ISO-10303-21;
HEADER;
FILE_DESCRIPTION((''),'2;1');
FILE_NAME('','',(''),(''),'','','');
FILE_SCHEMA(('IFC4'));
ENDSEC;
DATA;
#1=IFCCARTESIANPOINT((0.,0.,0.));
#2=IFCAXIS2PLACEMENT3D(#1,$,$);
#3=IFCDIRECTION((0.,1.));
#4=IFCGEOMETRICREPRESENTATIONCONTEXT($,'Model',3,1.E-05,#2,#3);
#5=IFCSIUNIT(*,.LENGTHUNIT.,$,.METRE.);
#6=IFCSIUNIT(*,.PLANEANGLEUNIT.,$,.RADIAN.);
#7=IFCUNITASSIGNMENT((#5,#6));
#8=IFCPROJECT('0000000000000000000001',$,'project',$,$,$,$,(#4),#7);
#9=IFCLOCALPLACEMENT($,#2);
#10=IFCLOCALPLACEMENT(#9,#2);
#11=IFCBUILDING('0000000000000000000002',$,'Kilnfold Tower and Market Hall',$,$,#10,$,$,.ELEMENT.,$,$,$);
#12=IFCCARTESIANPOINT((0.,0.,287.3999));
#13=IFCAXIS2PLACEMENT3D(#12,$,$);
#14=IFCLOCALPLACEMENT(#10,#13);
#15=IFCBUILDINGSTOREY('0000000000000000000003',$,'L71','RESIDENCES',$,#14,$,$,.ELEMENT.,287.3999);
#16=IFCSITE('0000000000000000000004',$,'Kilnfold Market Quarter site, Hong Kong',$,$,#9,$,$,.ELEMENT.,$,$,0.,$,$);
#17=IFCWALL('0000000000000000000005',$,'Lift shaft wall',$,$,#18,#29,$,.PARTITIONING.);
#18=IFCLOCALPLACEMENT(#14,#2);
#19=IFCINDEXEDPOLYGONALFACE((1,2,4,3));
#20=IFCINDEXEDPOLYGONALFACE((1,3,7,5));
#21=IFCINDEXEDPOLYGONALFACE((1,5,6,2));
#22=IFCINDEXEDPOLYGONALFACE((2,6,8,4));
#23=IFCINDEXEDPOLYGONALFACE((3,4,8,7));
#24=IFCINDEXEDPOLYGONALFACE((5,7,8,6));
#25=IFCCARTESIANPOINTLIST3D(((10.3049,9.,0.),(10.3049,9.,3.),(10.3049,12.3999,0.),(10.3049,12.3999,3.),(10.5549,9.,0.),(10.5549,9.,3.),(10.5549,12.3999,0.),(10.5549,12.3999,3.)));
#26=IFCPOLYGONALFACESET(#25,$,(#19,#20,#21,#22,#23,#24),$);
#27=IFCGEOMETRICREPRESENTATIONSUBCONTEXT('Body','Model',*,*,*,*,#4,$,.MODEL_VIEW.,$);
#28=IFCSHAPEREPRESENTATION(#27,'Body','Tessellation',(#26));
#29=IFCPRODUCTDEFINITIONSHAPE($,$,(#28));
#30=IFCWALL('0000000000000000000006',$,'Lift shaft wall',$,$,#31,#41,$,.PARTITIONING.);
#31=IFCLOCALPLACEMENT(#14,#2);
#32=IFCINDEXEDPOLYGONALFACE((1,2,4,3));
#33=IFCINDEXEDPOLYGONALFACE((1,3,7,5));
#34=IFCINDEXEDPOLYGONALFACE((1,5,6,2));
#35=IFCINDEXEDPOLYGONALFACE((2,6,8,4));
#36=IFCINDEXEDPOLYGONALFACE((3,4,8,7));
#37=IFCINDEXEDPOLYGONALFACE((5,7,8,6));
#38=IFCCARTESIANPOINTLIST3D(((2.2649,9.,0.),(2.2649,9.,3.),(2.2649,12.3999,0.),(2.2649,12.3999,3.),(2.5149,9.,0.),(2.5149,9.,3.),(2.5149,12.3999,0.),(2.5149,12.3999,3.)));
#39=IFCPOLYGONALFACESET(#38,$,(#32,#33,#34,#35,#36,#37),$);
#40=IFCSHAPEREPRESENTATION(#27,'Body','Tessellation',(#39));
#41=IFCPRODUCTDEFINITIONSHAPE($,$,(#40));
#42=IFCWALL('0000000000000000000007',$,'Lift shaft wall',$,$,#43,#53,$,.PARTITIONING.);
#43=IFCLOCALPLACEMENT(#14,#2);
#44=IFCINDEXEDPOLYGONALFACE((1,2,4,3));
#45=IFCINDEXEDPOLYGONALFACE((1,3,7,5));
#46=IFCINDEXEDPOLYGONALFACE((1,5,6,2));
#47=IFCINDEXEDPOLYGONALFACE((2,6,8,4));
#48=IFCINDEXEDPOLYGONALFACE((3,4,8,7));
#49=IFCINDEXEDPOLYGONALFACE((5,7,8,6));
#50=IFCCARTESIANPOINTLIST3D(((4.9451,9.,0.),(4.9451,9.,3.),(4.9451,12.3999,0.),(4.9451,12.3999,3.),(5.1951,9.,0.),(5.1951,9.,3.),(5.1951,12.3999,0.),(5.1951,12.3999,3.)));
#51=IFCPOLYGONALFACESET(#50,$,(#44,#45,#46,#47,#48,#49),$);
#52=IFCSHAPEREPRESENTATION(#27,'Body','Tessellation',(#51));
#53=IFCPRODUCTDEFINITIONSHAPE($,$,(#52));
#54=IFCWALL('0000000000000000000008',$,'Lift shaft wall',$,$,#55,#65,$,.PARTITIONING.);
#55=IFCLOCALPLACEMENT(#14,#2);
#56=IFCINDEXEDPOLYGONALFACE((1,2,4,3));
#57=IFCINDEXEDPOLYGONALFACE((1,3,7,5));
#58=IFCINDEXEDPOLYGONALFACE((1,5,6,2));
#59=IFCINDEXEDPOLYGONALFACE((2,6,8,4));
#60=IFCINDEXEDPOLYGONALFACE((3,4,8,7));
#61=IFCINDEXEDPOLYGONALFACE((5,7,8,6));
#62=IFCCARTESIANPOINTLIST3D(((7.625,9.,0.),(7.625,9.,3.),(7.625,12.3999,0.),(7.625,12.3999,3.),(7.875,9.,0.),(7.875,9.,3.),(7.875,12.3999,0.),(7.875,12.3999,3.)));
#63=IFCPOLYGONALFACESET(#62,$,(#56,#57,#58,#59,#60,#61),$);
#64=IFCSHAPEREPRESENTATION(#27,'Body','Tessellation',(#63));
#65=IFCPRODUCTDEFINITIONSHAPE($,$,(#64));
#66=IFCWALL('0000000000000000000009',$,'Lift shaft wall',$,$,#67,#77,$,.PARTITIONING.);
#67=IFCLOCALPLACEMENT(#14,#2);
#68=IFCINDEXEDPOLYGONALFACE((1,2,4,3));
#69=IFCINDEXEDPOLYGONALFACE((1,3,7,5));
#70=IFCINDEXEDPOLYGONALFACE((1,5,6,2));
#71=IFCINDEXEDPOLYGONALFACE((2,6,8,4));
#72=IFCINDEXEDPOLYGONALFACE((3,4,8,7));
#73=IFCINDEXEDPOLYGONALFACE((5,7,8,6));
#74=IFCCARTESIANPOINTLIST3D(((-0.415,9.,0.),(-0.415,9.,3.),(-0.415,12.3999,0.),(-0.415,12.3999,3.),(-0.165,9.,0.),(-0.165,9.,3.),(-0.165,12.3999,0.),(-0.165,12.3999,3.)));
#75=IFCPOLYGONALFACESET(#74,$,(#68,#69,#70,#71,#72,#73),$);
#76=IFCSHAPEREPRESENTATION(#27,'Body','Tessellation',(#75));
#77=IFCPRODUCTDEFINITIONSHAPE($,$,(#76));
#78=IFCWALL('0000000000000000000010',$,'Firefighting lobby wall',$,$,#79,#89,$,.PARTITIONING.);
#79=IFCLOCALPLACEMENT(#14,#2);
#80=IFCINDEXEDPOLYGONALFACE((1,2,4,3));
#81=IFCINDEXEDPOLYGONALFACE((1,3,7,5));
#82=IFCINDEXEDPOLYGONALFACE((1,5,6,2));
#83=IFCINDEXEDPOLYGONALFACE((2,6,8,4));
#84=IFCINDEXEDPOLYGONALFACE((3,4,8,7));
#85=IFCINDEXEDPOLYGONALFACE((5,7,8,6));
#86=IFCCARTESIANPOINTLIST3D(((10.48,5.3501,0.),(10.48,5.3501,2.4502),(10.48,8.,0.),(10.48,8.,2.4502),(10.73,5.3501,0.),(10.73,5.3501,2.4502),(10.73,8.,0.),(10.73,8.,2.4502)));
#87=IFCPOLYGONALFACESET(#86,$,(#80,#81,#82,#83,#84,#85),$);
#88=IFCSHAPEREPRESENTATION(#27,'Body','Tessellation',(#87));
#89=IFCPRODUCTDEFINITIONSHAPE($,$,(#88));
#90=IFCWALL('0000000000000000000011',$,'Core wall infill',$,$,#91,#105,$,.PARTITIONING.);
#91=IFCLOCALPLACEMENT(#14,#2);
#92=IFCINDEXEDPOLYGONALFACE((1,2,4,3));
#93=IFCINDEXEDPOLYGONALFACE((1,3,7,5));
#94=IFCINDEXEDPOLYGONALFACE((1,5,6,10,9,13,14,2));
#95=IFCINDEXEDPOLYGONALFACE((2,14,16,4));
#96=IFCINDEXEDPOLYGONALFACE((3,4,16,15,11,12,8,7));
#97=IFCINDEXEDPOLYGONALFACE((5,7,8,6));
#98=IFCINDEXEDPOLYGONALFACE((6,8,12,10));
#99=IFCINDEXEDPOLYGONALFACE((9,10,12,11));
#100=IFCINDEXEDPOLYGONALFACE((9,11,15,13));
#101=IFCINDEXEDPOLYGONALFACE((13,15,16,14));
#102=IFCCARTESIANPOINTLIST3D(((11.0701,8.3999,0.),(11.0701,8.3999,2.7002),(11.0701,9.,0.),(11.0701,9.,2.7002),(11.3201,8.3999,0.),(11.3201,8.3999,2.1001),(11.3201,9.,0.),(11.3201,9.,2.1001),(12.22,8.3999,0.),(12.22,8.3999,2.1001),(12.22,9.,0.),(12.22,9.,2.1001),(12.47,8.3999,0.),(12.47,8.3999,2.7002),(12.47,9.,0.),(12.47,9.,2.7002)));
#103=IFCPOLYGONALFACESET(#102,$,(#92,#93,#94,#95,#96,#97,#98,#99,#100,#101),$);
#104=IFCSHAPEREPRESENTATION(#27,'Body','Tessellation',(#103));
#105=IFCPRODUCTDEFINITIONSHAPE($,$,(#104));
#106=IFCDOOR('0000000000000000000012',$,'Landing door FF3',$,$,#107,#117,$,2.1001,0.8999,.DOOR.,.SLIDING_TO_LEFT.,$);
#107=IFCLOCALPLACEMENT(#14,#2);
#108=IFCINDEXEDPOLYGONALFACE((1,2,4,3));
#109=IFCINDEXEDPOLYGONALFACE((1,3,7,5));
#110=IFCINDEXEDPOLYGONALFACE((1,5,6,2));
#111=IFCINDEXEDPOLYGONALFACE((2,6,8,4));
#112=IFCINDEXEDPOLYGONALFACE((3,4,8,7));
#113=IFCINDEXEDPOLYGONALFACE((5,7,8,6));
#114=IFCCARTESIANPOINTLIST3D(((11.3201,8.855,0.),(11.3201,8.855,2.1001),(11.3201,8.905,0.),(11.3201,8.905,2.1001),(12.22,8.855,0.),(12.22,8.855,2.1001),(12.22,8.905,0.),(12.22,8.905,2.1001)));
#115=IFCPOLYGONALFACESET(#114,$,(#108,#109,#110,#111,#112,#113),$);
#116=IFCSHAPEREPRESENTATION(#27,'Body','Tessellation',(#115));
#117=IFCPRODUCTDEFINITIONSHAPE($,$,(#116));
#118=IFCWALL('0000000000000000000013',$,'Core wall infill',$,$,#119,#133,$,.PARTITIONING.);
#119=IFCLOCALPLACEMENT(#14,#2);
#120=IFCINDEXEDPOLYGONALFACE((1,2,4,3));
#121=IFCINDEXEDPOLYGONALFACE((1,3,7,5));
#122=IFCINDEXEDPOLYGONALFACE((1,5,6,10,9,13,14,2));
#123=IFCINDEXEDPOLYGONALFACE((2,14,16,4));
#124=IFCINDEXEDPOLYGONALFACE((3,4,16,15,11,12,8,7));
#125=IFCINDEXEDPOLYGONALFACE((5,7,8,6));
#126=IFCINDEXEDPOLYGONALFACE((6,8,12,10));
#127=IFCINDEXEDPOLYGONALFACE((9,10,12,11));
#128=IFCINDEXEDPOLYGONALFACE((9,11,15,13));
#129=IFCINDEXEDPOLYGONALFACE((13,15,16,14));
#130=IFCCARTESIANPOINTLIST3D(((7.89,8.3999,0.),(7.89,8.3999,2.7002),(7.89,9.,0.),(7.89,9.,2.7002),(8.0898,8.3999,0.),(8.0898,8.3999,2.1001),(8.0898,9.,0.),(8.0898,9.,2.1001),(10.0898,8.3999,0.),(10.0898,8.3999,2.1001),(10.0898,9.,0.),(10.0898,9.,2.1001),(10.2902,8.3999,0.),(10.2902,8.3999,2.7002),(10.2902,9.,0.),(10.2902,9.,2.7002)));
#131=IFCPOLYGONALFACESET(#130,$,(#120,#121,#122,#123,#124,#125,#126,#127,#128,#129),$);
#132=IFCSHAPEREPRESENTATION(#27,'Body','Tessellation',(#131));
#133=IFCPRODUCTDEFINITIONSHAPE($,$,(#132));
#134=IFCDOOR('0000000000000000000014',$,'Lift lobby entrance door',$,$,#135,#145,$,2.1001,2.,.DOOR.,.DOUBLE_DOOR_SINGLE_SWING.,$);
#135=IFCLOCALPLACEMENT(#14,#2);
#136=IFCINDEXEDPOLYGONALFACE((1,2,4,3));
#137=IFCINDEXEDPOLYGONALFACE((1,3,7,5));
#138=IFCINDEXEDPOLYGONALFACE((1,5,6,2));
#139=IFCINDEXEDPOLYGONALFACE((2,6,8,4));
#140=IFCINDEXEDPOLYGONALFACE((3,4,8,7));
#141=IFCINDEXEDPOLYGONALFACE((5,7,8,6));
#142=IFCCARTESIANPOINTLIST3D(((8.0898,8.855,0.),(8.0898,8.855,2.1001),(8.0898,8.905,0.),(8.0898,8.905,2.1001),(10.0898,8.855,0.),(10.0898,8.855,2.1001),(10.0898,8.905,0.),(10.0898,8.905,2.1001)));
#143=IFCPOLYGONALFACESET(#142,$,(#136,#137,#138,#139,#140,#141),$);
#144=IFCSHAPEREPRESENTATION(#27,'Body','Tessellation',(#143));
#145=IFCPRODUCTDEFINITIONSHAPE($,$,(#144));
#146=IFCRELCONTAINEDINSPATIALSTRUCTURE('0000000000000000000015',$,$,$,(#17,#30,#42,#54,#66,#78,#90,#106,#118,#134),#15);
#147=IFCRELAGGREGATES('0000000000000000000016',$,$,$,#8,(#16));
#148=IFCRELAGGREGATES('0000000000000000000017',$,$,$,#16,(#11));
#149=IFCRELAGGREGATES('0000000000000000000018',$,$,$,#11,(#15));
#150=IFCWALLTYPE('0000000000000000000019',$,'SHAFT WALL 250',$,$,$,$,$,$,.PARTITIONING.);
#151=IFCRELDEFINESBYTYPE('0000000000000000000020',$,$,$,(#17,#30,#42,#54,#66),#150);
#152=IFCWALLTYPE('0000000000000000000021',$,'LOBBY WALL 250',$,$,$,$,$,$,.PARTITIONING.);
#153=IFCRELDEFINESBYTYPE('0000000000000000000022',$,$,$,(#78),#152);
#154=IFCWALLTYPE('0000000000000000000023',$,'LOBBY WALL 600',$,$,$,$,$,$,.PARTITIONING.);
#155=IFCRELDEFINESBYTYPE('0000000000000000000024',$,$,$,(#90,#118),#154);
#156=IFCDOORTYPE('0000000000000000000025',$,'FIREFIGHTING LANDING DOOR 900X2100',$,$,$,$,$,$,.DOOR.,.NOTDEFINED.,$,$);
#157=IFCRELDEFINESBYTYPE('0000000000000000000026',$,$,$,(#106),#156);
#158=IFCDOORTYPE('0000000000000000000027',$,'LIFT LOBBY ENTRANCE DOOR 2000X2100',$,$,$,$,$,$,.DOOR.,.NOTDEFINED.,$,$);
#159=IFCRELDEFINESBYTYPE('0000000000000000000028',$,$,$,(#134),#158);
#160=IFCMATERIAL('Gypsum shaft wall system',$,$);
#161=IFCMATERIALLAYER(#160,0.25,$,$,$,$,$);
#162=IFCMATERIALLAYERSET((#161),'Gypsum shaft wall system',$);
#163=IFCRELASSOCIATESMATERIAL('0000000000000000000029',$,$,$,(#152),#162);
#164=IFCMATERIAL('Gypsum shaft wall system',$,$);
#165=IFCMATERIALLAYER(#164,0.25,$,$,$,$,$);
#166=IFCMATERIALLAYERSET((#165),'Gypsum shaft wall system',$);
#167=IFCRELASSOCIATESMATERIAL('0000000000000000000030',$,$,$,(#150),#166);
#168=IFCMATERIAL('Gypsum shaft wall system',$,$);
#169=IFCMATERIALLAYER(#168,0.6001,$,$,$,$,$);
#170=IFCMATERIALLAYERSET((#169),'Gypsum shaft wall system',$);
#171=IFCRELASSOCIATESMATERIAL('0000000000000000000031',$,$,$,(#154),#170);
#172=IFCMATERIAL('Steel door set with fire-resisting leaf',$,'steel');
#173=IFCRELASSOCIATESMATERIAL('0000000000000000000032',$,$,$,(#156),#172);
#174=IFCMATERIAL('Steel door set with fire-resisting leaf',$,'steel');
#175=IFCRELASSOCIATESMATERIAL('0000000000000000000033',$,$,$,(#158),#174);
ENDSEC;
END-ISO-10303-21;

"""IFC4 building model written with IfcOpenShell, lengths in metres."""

from ifc_helpers import new_model, si_unit, direction, frame, frame_2d, origin, place, context, subcontext, project, spatial, rectangle, extrude, source, transform, mapped, material, layer, layer_set, type_object, element, fill, save


model = new_model("IFC4")

# Units and contexts
model_context = context("Model", 3, precision=1e-05, world=origin(), true_north=direction((0.0, 1.0)))
body_context = subcontext(model_context, "Body", "Model", "MODEL_VIEW")
ifc_project = project(units=[si_unit("LENGTHUNIT", "METRE"), si_unit("PLANEANGLEUNIT", "RADIAN")], contexts=[model_context])

# Site, building, storey
site_placement = place(None, origin())
site = spatial("IfcSite", under=ifc_project, at=site_placement, Name="Kilnfold Market Quarter site, Hong Kong", CompositionType="ELEMENT", RefElevation=0.0)
building_placement = place(site_placement, origin())
building = spatial("IfcBuilding", under=site, at=building_placement, Name="Kilnfold Tower and Market Hall", CompositionType="ELEMENT")
storey_placement = place(building_placement, frame((0.0, 0.0, 287.3999)))
storey = spatial("IfcBuildingStorey", under=building, at=storey_placement, Name="L71", Description="RESIDENCES", CompositionType="ELEMENT", Elevation=287.3999)

# Shared definitions
ifc_material_1 = material(Name="Gypsum shaft wall system")
ifc_layer_1 = layer(ifc_material_1, 0.25)
ifc_layer_set_1 = layer_set([ifc_layer_1], Name="Gypsum shaft wall system")
wall_type_1 = type_object("IfcWallType", Name="LOBBY WALL 250", PredefinedType="PARTITIONING", material=ifc_layer_set_1)

# Walls
ifc_material_2 = material(Name="Gypsum shaft wall system")
ifc_layer_2 = layer(ifc_material_2, 0.25)
ifc_layer_set_2 = layer_set([ifc_layer_2], Name="Gypsum shaft wall system")
wall_type_2 = type_object("IfcWallType", Name="SHAFT WALL 250", PredefinedType="PARTITIONING", material=ifc_layer_set_2)
shared_shape_1 = source(origin(), body_context, "Body", "SweptSolid", [
    extrude(rectangle(XDim=3.3999, YDim=0.25, at=frame_2d((1.7, 0.0))), origin(), (0.0, 0.0, 1.0), 3.0),
])
for number, where, z_axis, x_axis, name in (
    (1, (10.4299, 9.0, 0.0), (0.0, 0.0, 1.0), (0.0, 1.0, 0.0), "Lift shaft wall"),
    (2, (2.3899, 9.0, 0.0), (0.0, 0.0, 1.0), (0.0, 1.0, 0.0), "Lift shaft wall"),
    (3, (5.0701, 9.0, 0.0), (0.0, 0.0, 1.0), (0.0, 1.0, 0.0), "Lift shaft wall"),
    (4, (7.75, 9.0, 0.0), (0.0, 0.0, 1.0), (0.0, 1.0, 0.0), "Lift shaft wall"),
    (5, (-0.29, 9.0, 0.0), (0.0, 0.0, 1.0), (0.0, 1.0, 0.0), "Lift shaft wall"),
):
    element("IfcWall", number, at=place(storey_placement, frame(where, z_axis=z_axis, x_axis=x_axis)), inside=storey, type_object=wall_type_2, Name=name, PredefinedType="PARTITIONING", context=body_context, shape_type="MappedRepresentation", body=[
        mapped(shared_shape_1, transform((0.0, 0.0, 0.0))),
    ])
shared_shape_2 = source(origin(), body_context, "Body", "SweptSolid", [
    extrude(rectangle(XDim=2.6499, YDim=0.25, at=frame_2d((1.325, 0.0))), origin(), (0.0, 0.0, 1.0), 2.4502),
])
wall_1_placement = place(storey_placement, frame((10.605, 5.3501, 0.0), z_axis=(0.0, 0.0, 1.0), x_axis=(0.0, 1.0, 0.0)))
element("IfcWall", 6, at=wall_1_placement, inside=storey, type_object=wall_type_1, Name="Firefighting lobby wall", PredefinedType="PARTITIONING", context=body_context, shape_type="MappedRepresentation", body=[
    mapped(shared_shape_2, transform((0.0, 0.0, 0.0))),
])

# Walls, openings, doors
ifc_material_3 = material(Name="Gypsum shaft wall system")
ifc_layer_3 = layer(ifc_material_3, 0.6001)
ifc_layer_set_3 = layer_set([ifc_layer_3], Name="Gypsum shaft wall system")
wall_type_3 = type_object("IfcWallType", Name="LOBBY WALL 600", PredefinedType="PARTITIONING", material=ifc_layer_set_3)
shared_shape_3 = source(origin(), body_context, "Body", "SweptSolid", [
    extrude(rectangle(XDim=1.3999, YDim=0.6001, at=frame_2d((0.7, 0.0))), origin(), (0.0, 0.0, 1.0), 2.7002),
])
wall_2_placement = place(storey_placement, frame((11.0701, 8.7, 0.0), z_axis=(0.0, 0.0, 1.0), x_axis=(1.0, 0.0, 0.0)))
wall_2 = element("IfcWall", 7, at=wall_2_placement, inside=storey, type_object=wall_type_3, Name="Core wall infill", PredefinedType="PARTITIONING", context=body_context, shape_type="MappedRepresentation", body=[
    mapped(shared_shape_3, transform((0.0, 0.0, 0.0))),
])
opening_1_placement = place(wall_2_placement, frame((0.25, 0.0, 0.0)))
opening_1 = element("IfcOpeningElement", 8, at=opening_1_placement, cuts=wall_2, PredefinedType="OPENING", context=body_context, shape_type="SweptSolid", body=[
    extrude(rectangle(XDim=0.8999, YDim=2.1001, at=frame_2d((0.45, 1.05))), frame((0.0, 0.3101, 0.0), z_axis=(0.0, -1.0, 0.0), x_axis=(1.0, 0.0, 0.0)), (0.0, 0.0, 1.0), 0.6201),
])
ifc_material_4 = material(Name="Steel door set with fire-resisting leaf", Category="steel")
door_type_1 = type_object("IfcDoorType", Name="FIREFIGHTING LANDING DOOR 900X2100", OperationType="NOTDEFINED", PredefinedType="DOOR", material=ifc_material_4)
door_1_placement = place(opening_1_placement, origin())
door_1 = element("IfcDoor", 9, at=door_1_placement, inside=storey, type_object=door_type_1, Name="Landing door FF3", OperationType="SLIDING_TO_LEFT", OverallHeight=2.1001, OverallWidth=0.8999, PredefinedType="DOOR", context=body_context, shape_type="SweptSolid", body=[
    extrude(rectangle(XDim=0.8999, YDim=2.1001, at=frame_2d((0.45, 1.05))), frame((0.0, 0.2051, 0.0), z_axis=(0.0, -1.0, 0.0), x_axis=(1.0, 0.0, 0.0)), (0.0, 0.0, 1.0), 0.05),
])
fill(opening_1, door_1)
shared_shape_4 = source(origin(), body_context, "Body", "SweptSolid", [
    extrude(rectangle(XDim=2.4001, YDim=0.6001, at=frame_2d((1.2002, 0.0))), origin(), (0.0, 0.0, 1.0), 2.7002),
])
wall_3_placement = place(storey_placement, frame((7.8899, 8.7, 0.0), z_axis=(0.0, 0.0, 1.0), x_axis=(1.0, 0.0, 0.0)))
wall_3 = element("IfcWall", 10, at=wall_3_placement, inside=storey, type_object=wall_type_3, Name="Core wall infill", PredefinedType="PARTITIONING", context=body_context, shape_type="MappedRepresentation", body=[
    mapped(shared_shape_4, transform((0.0, 0.0, 0.0))),
])
opening_2_placement = place(wall_3_placement, frame((0.2, 0.0, 0.0)))
opening_2 = element("IfcOpeningElement", 11, at=opening_2_placement, cuts=wall_3, PredefinedType="OPENING", context=body_context, shape_type="SweptSolid", body=[
    extrude(rectangle(XDim=2.0, YDim=2.1001, at=frame_2d((1.0, 1.05))), frame((0.0, 0.3101, 0.0), z_axis=(0.0, -1.0, 0.0), x_axis=(1.0, 0.0, 0.0)), (0.0, 0.0, 1.0), 0.6201),
])
ifc_material_5 = material(Name="Steel door set with fire-resisting leaf", Category="steel")
door_type_2 = type_object("IfcDoorType", Name="LIFT LOBBY ENTRANCE DOOR 2000X2100", OperationType="NOTDEFINED", PredefinedType="DOOR", material=ifc_material_5)
door_2_placement = place(opening_2_placement, origin())
door_2 = element("IfcDoor", 12, at=door_2_placement, inside=storey, type_object=door_type_2, Name="Lift lobby entrance door", OperationType="DOUBLE_DOOR_SINGLE_SWING", OverallHeight=2.1001, OverallWidth=2.0, PredefinedType="DOOR", context=body_context, shape_type="SweptSolid", body=[
    extrude(rectangle(XDim=2.0, YDim=2.1001, at=frame_2d((1.0, 1.05))), frame((0.0, 0.2051, 0.0), z_axis=(0.0, -1.0, 0.0), x_axis=(1.0, 0.0, 0.0)), (0.0, 0.0, 1.0), 0.05),
])
fill(opening_2, door_2)

save(model, "model.ifc")
